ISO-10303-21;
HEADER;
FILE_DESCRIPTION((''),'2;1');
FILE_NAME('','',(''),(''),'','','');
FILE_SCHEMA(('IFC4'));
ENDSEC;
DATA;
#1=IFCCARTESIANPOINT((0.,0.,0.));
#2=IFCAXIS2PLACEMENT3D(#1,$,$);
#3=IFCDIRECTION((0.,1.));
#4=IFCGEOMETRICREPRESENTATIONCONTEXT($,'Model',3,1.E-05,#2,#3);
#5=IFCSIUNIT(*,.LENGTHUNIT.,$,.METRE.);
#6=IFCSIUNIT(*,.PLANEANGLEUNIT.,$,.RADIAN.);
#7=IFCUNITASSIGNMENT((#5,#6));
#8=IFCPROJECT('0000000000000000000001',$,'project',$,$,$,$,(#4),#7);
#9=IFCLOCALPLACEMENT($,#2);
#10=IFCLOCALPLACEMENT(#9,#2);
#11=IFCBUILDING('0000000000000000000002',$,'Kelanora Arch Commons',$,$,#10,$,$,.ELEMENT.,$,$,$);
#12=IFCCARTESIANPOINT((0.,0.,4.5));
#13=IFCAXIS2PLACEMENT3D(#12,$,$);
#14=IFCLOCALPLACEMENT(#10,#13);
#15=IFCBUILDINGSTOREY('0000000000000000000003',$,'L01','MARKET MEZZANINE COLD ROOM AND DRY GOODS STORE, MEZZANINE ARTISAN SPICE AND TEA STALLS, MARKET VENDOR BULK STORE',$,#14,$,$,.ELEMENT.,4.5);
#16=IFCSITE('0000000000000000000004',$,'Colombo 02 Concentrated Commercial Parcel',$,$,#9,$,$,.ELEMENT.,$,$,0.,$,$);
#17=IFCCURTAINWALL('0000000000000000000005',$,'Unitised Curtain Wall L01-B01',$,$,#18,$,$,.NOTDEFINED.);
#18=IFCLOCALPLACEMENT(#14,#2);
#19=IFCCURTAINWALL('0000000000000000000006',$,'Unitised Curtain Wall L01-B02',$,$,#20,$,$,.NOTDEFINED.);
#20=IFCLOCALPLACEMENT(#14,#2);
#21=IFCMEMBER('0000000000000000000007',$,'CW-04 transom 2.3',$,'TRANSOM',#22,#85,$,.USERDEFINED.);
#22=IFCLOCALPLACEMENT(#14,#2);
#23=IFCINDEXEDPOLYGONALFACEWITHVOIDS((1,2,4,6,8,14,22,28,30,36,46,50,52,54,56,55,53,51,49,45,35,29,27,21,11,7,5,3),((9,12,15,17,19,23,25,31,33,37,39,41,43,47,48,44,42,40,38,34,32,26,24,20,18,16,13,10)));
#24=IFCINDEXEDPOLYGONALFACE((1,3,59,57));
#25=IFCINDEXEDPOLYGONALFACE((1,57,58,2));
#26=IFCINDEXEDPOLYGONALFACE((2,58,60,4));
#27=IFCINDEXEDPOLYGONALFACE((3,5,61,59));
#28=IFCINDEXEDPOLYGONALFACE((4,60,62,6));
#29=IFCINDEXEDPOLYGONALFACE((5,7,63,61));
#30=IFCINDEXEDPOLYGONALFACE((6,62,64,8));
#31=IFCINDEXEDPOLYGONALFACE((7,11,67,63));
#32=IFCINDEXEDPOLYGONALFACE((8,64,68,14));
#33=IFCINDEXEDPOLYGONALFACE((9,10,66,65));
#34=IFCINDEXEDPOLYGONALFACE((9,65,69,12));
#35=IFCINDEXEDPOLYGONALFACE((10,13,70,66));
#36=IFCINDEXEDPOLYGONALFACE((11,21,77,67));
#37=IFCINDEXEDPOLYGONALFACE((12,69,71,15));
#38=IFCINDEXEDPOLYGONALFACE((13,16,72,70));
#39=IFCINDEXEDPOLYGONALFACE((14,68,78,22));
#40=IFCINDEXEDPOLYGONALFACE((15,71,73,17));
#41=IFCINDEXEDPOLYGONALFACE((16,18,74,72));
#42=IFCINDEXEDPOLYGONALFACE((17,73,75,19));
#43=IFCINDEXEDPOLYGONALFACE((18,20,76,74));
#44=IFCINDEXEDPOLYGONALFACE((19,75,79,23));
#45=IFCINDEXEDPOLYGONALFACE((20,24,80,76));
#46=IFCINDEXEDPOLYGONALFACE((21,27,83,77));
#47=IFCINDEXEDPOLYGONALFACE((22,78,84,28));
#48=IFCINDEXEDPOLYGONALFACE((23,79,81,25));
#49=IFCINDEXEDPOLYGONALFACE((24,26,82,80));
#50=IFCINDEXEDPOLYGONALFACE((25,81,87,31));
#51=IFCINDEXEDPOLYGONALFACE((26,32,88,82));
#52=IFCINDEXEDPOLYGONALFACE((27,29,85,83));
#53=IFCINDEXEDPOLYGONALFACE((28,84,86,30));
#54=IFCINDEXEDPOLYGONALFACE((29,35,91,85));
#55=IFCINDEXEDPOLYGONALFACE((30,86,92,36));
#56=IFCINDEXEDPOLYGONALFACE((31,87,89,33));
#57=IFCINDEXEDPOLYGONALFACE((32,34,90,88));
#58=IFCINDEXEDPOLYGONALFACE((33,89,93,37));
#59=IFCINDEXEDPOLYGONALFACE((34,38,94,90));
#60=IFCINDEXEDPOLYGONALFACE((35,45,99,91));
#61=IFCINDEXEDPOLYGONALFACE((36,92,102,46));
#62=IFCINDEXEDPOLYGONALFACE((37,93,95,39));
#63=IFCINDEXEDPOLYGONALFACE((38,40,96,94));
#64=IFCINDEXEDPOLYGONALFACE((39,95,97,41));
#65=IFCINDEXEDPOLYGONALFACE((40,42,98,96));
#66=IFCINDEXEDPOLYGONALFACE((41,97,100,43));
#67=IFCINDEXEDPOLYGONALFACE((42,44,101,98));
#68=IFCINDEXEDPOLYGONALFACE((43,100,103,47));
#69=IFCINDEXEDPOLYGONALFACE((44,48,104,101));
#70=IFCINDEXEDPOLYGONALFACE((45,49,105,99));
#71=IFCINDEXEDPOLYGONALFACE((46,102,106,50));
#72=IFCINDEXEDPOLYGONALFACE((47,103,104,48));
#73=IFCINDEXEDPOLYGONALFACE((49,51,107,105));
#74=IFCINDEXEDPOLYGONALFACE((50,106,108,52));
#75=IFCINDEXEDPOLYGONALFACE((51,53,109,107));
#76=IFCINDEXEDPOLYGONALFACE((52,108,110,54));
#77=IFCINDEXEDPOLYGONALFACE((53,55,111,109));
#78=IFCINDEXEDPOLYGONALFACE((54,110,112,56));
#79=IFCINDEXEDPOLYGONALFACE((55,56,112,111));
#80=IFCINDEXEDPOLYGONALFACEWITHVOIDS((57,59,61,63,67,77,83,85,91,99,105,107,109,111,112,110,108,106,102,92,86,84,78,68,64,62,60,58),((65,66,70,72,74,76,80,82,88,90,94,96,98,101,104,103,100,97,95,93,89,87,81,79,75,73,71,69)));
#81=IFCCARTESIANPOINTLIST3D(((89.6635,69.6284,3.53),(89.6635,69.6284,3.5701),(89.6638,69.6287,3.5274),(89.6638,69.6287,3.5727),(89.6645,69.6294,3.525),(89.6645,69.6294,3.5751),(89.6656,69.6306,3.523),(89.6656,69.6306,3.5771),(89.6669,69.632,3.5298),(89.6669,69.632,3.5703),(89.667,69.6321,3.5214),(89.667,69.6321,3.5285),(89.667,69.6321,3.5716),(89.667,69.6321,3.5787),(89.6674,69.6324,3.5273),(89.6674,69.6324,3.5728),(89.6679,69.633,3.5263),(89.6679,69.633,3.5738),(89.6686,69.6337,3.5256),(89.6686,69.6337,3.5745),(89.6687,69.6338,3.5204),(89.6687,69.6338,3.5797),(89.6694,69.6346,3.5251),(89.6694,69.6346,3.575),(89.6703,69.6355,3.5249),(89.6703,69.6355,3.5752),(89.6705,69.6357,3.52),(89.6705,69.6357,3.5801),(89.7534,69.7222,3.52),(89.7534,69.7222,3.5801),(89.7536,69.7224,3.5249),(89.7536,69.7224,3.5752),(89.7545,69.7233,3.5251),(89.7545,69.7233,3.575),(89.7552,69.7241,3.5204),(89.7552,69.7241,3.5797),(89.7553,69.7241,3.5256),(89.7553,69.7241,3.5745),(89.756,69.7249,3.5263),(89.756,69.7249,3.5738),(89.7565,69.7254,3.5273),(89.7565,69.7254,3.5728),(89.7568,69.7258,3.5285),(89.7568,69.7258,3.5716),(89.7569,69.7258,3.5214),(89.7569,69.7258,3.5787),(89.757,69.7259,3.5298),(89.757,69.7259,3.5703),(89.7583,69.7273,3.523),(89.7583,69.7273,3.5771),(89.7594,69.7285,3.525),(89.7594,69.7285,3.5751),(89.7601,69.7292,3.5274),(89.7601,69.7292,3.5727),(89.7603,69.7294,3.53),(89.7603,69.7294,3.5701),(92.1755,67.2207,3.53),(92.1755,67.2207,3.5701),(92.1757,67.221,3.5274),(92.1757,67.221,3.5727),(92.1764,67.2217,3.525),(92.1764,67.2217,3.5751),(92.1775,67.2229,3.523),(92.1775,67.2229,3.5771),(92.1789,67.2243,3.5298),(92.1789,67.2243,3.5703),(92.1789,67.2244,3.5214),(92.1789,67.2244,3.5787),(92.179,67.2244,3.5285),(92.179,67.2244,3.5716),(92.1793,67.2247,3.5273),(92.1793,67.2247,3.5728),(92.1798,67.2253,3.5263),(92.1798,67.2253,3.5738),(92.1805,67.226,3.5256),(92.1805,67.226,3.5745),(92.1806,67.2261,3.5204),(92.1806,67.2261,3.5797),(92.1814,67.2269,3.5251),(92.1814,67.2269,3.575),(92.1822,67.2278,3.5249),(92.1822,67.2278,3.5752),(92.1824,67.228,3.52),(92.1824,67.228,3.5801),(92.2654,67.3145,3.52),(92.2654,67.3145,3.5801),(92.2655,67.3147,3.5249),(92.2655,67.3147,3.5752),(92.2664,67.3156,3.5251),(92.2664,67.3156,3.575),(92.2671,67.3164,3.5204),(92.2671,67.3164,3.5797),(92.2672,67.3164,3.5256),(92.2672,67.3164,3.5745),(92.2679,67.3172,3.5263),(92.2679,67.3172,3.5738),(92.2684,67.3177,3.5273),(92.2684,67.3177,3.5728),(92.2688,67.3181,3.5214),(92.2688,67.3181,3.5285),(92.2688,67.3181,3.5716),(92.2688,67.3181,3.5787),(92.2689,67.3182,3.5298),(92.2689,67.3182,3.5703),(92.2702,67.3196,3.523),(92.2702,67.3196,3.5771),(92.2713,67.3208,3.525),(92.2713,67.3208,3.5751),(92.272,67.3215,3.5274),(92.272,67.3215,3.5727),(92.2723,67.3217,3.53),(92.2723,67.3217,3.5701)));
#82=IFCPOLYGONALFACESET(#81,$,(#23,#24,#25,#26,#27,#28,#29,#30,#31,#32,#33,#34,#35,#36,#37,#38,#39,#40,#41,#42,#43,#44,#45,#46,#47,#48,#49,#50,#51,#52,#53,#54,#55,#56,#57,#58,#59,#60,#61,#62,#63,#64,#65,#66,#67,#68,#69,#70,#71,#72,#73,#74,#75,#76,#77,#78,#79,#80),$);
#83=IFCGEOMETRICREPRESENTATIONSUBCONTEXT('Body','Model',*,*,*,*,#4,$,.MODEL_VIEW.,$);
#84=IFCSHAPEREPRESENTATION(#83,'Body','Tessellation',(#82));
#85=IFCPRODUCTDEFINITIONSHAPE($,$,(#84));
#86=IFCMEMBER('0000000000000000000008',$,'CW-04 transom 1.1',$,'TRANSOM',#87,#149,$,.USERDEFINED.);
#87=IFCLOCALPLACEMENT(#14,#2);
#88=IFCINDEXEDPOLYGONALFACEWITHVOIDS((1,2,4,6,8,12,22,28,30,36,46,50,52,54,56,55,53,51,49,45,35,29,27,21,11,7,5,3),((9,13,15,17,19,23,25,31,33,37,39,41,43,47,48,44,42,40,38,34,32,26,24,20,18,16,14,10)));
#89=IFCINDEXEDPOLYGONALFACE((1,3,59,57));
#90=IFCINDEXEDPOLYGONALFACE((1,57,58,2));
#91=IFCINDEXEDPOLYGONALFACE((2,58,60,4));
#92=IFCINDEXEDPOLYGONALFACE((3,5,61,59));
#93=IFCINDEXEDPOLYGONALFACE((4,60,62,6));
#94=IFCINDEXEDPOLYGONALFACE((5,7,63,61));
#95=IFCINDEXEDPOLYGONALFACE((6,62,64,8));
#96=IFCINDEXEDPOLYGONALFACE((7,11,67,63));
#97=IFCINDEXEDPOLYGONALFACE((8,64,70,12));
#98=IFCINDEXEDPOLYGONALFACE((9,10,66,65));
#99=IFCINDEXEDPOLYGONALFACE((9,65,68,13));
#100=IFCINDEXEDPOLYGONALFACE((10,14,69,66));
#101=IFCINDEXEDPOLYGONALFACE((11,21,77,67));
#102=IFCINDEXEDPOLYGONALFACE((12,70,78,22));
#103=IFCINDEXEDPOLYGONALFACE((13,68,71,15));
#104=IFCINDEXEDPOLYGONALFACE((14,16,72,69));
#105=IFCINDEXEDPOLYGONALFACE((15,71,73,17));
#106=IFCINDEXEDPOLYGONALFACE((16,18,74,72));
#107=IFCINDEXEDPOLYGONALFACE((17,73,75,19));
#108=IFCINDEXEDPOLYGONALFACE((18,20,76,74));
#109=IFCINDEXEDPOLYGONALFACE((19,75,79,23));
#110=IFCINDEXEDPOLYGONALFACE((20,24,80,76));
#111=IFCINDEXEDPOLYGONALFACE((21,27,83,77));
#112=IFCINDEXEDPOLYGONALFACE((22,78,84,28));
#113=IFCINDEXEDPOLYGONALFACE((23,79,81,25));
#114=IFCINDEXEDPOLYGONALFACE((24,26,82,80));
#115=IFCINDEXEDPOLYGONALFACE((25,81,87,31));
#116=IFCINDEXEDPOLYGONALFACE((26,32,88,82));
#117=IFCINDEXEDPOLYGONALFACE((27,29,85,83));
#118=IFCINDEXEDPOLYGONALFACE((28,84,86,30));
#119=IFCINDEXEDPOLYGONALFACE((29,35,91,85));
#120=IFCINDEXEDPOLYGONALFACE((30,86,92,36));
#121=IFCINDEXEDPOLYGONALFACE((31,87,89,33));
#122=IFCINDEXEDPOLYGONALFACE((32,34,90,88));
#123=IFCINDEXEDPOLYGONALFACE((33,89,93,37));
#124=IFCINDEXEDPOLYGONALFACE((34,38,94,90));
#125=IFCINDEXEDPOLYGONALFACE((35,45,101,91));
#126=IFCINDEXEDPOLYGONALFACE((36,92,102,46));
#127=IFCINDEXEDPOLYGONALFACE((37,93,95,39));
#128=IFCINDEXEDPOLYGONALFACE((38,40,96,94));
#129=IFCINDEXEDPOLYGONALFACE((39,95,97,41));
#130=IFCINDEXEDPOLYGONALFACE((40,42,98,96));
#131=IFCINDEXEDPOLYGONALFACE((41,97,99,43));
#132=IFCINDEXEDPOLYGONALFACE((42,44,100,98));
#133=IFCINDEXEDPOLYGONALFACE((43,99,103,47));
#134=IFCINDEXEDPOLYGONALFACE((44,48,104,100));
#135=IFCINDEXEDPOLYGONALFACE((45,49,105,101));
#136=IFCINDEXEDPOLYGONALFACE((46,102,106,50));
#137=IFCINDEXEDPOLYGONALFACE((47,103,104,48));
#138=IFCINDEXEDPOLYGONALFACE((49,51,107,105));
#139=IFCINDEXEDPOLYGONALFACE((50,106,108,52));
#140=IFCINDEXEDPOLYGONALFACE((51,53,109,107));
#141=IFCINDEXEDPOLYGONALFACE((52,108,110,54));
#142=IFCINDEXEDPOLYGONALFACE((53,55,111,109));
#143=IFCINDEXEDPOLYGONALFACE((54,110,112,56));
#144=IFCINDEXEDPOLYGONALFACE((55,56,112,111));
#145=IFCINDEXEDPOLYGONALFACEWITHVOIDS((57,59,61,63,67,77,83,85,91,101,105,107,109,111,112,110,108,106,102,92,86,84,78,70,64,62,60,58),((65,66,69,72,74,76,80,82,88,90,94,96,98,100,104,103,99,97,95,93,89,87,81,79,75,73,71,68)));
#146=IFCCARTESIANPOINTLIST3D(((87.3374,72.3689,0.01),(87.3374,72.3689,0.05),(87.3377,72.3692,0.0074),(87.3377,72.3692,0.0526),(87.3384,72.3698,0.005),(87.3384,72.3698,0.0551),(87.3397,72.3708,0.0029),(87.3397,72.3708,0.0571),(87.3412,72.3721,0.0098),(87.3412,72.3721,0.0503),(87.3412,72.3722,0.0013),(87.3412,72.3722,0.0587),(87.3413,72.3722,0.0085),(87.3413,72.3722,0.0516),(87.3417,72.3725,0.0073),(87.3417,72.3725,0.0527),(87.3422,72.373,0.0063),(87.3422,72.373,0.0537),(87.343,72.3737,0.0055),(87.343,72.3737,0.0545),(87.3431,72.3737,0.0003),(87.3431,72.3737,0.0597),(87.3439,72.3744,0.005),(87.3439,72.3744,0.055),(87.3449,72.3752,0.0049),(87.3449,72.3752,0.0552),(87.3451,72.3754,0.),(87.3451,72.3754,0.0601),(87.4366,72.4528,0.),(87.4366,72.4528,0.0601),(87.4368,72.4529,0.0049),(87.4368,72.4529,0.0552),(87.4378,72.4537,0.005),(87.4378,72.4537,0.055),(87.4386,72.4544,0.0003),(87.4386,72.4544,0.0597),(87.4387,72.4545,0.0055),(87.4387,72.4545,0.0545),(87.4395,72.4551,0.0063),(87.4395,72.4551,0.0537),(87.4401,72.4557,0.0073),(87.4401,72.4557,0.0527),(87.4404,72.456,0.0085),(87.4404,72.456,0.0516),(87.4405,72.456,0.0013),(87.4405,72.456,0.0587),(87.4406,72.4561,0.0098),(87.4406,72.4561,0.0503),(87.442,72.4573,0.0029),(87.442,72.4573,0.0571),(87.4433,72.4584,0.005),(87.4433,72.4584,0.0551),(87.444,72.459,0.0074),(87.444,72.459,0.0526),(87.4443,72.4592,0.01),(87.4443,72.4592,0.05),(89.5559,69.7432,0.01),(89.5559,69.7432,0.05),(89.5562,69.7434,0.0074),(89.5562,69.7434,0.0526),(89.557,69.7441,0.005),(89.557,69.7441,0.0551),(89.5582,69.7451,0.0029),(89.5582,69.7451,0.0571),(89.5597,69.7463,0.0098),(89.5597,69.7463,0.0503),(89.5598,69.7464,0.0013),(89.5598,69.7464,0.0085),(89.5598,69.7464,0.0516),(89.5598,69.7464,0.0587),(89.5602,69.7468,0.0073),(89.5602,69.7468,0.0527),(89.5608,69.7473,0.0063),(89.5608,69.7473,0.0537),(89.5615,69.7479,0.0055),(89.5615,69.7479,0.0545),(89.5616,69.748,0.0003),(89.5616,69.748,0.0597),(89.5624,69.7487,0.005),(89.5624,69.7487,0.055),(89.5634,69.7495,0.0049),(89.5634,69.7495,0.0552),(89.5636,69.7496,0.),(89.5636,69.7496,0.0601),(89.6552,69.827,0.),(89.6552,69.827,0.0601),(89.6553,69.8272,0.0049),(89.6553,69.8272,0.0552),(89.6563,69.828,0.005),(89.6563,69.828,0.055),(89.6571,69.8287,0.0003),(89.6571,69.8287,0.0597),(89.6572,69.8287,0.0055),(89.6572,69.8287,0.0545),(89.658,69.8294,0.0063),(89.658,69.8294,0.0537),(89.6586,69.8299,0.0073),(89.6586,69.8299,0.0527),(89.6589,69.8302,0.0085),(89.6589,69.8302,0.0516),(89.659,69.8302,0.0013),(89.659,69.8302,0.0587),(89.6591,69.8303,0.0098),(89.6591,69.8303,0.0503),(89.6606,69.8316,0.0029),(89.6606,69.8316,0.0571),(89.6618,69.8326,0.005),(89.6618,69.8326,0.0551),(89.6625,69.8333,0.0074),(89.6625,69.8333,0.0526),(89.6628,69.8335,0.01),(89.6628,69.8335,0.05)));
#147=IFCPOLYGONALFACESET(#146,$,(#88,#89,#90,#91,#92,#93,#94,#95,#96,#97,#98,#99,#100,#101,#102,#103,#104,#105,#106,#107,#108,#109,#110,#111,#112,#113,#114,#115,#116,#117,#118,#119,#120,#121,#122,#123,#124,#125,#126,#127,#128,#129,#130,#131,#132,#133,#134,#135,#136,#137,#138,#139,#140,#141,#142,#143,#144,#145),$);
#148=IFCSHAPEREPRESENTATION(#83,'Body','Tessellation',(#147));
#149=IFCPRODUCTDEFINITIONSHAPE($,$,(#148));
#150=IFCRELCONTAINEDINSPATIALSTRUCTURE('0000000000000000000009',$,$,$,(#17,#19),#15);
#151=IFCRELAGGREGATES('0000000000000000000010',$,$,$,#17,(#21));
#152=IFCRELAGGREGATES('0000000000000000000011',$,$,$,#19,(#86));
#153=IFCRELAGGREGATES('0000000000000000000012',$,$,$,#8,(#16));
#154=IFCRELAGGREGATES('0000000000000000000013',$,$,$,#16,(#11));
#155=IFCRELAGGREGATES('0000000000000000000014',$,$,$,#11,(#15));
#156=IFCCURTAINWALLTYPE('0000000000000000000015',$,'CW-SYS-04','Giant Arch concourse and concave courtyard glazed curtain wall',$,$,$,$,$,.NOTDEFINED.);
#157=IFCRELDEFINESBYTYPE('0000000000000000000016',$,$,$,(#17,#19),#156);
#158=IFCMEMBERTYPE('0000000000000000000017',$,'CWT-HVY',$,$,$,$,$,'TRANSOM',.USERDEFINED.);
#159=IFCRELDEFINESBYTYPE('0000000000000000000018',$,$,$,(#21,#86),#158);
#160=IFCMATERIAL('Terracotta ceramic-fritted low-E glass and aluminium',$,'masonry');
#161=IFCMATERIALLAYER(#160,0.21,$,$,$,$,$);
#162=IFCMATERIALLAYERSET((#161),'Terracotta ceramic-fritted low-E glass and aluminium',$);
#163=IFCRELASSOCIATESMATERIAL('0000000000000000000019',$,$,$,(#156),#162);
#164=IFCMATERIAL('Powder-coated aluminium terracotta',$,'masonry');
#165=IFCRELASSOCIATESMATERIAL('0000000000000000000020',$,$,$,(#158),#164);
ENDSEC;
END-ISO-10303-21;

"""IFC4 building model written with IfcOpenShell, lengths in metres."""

from ifc_helpers import new_model, si_unit, direction, frame, origin, origin_2d, place, context, subcontext, project, spatial, hollow_rectangle, extrude, material, layer, layer_set, material_profile, profile_set, type_object, element, aggregate, save


model = new_model("IFC4")

# Units and contexts
model_context = context("Model", 3, precision=1e-05, world=origin(), true_north=direction((0.0, 1.0)))
body_context = subcontext(model_context, "Body", "Model", "MODEL_VIEW")
ifc_project = project(units=[si_unit("LENGTHUNIT", "METRE"), si_unit("PLANEANGLEUNIT", "RADIAN")], contexts=[model_context])

# Site, building, storey
site_placement = place(None, origin())
site = spatial("IfcSite", under=ifc_project, at=site_placement, Name="Colombo 02 Concentrated Commercial Parcel", CompositionType="ELEMENT", RefElevation=0.0)
building_placement = place(site_placement, origin())
building = spatial("IfcBuilding", under=site, at=building_placement, Name="Kelanora Arch Commons", CompositionType="ELEMENT")
storey_placement = place(building_placement, frame((0.0, 0.0, 4.5)))
storey = spatial("IfcBuildingStorey", under=building, at=storey_placement, Name="L01", Description="MARKET MEZZANINE COLD ROOM AND DRY GOODS STORE, MEZZANINE ARTISAN SPICE AND TEA STALLS, MARKET VENDOR BULK STORE", CompositionType="ELEMENT", Elevation=4.5)

# Curtain walls
ifc_material_1 = material(Name="Terracotta ceramic-fritted low-E glass and aluminium", Category="masonry")
ifc_layer_1 = layer(ifc_material_1, 0.21)
ifc_layer_set_1 = layer_set([ifc_layer_1], Name="Terracotta ceramic-fritted low-E glass and aluminium")
curtain_wall_type = type_object("IfcCurtainWallType", Name="CW-SYS-04", Description="Giant Arch concourse and concave courtyard glazed curtain wall", PredefinedType="NOTDEFINED", material=ifc_layer_set_1)
curtain_wall_1_placement = place(storey_placement, origin())
curtain_wall_1 = element("IfcCurtainWall", 1, at=curtain_wall_1_placement, inside=storey, type_object=curtain_wall_type, Name="Unitised Curtain Wall L01-B01", PredefinedType="NOTDEFINED")
ifc_material_2 = material(Name="Powder-coated aluminium terracotta", Category="masonry")
curtain_wall_2_placement = place(storey_placement, origin())
curtain_wall_2 = element("IfcCurtainWall", 2, at=curtain_wall_2_placement, inside=storey, type_object=curtain_wall_type, Name="Unitised Curtain Wall L01-B02", PredefinedType="NOTDEFINED")

# Members
ifc_material_profile_1 = material_profile(ifc_material_2, hollow_rectangle(XDim=0.1399, YDim=0.0601, WallThickness=0.0049, InnerFilletRadius=0.0049, OuterFilletRadius=0.01, at=origin_2d()), Name="CWT140x60")
ifc_profile_set_1 = profile_set([ifc_material_profile_1], Name="Powder-coated aluminium terracotta")
member_type_1 = type_object("IfcMemberType", Name="CWT-HVY", ElementType="TRANSOM", PredefinedType="USERDEFINED", material=ifc_profile_set_1)
member_1_placement = place(storey_placement, frame((92.2239, 67.2712, 3.55), z_axis=(-0.721928, 0.691968, 0.0), x_axis=(-0.691968, -0.721928, 0.0)))
member_1 = element("IfcMember", 3, at=member_1_placement, type_object=member_type_1, Name="CW-04 transom 2.3", ObjectType="TRANSOM", PredefinedType="USERDEFINED", context=body_context, shape_type="SweptSolid", body=[
    extrude(hollow_rectangle(XDim=0.1399, YDim=0.0601, WallThickness=0.0049, InnerFilletRadius=0.0049, OuterFilletRadius=0.01, at=origin_2d()), origin(), (0.0, 0.0, 1.0), 3.4795),
])
member_2_placement = place(storey_placement, frame((89.6094, 69.7883, 0.03), z_axis=(-0.645388, 0.763855, 0.0), x_axis=(-0.763855, -0.645388, 0.0)))
member_2 = element("IfcMember", 4, at=member_2_placement, type_object=member_type_1, Name="CW-04 transom 1.1", ObjectType="TRANSOM", PredefinedType="USERDEFINED", context=body_context, shape_type="SweptSolid", body=[
    extrude(hollow_rectangle(XDim=0.1399, YDim=0.0601, WallThickness=0.0049, InnerFilletRadius=0.0049, OuterFilletRadius=0.01, at=origin_2d()), origin(), (0.0, 0.0, 1.0), 3.4375),
])

aggregate(curtain_wall_1, [member_1])
aggregate(curtain_wall_2, [member_2])

save(model, "model.ifc")
